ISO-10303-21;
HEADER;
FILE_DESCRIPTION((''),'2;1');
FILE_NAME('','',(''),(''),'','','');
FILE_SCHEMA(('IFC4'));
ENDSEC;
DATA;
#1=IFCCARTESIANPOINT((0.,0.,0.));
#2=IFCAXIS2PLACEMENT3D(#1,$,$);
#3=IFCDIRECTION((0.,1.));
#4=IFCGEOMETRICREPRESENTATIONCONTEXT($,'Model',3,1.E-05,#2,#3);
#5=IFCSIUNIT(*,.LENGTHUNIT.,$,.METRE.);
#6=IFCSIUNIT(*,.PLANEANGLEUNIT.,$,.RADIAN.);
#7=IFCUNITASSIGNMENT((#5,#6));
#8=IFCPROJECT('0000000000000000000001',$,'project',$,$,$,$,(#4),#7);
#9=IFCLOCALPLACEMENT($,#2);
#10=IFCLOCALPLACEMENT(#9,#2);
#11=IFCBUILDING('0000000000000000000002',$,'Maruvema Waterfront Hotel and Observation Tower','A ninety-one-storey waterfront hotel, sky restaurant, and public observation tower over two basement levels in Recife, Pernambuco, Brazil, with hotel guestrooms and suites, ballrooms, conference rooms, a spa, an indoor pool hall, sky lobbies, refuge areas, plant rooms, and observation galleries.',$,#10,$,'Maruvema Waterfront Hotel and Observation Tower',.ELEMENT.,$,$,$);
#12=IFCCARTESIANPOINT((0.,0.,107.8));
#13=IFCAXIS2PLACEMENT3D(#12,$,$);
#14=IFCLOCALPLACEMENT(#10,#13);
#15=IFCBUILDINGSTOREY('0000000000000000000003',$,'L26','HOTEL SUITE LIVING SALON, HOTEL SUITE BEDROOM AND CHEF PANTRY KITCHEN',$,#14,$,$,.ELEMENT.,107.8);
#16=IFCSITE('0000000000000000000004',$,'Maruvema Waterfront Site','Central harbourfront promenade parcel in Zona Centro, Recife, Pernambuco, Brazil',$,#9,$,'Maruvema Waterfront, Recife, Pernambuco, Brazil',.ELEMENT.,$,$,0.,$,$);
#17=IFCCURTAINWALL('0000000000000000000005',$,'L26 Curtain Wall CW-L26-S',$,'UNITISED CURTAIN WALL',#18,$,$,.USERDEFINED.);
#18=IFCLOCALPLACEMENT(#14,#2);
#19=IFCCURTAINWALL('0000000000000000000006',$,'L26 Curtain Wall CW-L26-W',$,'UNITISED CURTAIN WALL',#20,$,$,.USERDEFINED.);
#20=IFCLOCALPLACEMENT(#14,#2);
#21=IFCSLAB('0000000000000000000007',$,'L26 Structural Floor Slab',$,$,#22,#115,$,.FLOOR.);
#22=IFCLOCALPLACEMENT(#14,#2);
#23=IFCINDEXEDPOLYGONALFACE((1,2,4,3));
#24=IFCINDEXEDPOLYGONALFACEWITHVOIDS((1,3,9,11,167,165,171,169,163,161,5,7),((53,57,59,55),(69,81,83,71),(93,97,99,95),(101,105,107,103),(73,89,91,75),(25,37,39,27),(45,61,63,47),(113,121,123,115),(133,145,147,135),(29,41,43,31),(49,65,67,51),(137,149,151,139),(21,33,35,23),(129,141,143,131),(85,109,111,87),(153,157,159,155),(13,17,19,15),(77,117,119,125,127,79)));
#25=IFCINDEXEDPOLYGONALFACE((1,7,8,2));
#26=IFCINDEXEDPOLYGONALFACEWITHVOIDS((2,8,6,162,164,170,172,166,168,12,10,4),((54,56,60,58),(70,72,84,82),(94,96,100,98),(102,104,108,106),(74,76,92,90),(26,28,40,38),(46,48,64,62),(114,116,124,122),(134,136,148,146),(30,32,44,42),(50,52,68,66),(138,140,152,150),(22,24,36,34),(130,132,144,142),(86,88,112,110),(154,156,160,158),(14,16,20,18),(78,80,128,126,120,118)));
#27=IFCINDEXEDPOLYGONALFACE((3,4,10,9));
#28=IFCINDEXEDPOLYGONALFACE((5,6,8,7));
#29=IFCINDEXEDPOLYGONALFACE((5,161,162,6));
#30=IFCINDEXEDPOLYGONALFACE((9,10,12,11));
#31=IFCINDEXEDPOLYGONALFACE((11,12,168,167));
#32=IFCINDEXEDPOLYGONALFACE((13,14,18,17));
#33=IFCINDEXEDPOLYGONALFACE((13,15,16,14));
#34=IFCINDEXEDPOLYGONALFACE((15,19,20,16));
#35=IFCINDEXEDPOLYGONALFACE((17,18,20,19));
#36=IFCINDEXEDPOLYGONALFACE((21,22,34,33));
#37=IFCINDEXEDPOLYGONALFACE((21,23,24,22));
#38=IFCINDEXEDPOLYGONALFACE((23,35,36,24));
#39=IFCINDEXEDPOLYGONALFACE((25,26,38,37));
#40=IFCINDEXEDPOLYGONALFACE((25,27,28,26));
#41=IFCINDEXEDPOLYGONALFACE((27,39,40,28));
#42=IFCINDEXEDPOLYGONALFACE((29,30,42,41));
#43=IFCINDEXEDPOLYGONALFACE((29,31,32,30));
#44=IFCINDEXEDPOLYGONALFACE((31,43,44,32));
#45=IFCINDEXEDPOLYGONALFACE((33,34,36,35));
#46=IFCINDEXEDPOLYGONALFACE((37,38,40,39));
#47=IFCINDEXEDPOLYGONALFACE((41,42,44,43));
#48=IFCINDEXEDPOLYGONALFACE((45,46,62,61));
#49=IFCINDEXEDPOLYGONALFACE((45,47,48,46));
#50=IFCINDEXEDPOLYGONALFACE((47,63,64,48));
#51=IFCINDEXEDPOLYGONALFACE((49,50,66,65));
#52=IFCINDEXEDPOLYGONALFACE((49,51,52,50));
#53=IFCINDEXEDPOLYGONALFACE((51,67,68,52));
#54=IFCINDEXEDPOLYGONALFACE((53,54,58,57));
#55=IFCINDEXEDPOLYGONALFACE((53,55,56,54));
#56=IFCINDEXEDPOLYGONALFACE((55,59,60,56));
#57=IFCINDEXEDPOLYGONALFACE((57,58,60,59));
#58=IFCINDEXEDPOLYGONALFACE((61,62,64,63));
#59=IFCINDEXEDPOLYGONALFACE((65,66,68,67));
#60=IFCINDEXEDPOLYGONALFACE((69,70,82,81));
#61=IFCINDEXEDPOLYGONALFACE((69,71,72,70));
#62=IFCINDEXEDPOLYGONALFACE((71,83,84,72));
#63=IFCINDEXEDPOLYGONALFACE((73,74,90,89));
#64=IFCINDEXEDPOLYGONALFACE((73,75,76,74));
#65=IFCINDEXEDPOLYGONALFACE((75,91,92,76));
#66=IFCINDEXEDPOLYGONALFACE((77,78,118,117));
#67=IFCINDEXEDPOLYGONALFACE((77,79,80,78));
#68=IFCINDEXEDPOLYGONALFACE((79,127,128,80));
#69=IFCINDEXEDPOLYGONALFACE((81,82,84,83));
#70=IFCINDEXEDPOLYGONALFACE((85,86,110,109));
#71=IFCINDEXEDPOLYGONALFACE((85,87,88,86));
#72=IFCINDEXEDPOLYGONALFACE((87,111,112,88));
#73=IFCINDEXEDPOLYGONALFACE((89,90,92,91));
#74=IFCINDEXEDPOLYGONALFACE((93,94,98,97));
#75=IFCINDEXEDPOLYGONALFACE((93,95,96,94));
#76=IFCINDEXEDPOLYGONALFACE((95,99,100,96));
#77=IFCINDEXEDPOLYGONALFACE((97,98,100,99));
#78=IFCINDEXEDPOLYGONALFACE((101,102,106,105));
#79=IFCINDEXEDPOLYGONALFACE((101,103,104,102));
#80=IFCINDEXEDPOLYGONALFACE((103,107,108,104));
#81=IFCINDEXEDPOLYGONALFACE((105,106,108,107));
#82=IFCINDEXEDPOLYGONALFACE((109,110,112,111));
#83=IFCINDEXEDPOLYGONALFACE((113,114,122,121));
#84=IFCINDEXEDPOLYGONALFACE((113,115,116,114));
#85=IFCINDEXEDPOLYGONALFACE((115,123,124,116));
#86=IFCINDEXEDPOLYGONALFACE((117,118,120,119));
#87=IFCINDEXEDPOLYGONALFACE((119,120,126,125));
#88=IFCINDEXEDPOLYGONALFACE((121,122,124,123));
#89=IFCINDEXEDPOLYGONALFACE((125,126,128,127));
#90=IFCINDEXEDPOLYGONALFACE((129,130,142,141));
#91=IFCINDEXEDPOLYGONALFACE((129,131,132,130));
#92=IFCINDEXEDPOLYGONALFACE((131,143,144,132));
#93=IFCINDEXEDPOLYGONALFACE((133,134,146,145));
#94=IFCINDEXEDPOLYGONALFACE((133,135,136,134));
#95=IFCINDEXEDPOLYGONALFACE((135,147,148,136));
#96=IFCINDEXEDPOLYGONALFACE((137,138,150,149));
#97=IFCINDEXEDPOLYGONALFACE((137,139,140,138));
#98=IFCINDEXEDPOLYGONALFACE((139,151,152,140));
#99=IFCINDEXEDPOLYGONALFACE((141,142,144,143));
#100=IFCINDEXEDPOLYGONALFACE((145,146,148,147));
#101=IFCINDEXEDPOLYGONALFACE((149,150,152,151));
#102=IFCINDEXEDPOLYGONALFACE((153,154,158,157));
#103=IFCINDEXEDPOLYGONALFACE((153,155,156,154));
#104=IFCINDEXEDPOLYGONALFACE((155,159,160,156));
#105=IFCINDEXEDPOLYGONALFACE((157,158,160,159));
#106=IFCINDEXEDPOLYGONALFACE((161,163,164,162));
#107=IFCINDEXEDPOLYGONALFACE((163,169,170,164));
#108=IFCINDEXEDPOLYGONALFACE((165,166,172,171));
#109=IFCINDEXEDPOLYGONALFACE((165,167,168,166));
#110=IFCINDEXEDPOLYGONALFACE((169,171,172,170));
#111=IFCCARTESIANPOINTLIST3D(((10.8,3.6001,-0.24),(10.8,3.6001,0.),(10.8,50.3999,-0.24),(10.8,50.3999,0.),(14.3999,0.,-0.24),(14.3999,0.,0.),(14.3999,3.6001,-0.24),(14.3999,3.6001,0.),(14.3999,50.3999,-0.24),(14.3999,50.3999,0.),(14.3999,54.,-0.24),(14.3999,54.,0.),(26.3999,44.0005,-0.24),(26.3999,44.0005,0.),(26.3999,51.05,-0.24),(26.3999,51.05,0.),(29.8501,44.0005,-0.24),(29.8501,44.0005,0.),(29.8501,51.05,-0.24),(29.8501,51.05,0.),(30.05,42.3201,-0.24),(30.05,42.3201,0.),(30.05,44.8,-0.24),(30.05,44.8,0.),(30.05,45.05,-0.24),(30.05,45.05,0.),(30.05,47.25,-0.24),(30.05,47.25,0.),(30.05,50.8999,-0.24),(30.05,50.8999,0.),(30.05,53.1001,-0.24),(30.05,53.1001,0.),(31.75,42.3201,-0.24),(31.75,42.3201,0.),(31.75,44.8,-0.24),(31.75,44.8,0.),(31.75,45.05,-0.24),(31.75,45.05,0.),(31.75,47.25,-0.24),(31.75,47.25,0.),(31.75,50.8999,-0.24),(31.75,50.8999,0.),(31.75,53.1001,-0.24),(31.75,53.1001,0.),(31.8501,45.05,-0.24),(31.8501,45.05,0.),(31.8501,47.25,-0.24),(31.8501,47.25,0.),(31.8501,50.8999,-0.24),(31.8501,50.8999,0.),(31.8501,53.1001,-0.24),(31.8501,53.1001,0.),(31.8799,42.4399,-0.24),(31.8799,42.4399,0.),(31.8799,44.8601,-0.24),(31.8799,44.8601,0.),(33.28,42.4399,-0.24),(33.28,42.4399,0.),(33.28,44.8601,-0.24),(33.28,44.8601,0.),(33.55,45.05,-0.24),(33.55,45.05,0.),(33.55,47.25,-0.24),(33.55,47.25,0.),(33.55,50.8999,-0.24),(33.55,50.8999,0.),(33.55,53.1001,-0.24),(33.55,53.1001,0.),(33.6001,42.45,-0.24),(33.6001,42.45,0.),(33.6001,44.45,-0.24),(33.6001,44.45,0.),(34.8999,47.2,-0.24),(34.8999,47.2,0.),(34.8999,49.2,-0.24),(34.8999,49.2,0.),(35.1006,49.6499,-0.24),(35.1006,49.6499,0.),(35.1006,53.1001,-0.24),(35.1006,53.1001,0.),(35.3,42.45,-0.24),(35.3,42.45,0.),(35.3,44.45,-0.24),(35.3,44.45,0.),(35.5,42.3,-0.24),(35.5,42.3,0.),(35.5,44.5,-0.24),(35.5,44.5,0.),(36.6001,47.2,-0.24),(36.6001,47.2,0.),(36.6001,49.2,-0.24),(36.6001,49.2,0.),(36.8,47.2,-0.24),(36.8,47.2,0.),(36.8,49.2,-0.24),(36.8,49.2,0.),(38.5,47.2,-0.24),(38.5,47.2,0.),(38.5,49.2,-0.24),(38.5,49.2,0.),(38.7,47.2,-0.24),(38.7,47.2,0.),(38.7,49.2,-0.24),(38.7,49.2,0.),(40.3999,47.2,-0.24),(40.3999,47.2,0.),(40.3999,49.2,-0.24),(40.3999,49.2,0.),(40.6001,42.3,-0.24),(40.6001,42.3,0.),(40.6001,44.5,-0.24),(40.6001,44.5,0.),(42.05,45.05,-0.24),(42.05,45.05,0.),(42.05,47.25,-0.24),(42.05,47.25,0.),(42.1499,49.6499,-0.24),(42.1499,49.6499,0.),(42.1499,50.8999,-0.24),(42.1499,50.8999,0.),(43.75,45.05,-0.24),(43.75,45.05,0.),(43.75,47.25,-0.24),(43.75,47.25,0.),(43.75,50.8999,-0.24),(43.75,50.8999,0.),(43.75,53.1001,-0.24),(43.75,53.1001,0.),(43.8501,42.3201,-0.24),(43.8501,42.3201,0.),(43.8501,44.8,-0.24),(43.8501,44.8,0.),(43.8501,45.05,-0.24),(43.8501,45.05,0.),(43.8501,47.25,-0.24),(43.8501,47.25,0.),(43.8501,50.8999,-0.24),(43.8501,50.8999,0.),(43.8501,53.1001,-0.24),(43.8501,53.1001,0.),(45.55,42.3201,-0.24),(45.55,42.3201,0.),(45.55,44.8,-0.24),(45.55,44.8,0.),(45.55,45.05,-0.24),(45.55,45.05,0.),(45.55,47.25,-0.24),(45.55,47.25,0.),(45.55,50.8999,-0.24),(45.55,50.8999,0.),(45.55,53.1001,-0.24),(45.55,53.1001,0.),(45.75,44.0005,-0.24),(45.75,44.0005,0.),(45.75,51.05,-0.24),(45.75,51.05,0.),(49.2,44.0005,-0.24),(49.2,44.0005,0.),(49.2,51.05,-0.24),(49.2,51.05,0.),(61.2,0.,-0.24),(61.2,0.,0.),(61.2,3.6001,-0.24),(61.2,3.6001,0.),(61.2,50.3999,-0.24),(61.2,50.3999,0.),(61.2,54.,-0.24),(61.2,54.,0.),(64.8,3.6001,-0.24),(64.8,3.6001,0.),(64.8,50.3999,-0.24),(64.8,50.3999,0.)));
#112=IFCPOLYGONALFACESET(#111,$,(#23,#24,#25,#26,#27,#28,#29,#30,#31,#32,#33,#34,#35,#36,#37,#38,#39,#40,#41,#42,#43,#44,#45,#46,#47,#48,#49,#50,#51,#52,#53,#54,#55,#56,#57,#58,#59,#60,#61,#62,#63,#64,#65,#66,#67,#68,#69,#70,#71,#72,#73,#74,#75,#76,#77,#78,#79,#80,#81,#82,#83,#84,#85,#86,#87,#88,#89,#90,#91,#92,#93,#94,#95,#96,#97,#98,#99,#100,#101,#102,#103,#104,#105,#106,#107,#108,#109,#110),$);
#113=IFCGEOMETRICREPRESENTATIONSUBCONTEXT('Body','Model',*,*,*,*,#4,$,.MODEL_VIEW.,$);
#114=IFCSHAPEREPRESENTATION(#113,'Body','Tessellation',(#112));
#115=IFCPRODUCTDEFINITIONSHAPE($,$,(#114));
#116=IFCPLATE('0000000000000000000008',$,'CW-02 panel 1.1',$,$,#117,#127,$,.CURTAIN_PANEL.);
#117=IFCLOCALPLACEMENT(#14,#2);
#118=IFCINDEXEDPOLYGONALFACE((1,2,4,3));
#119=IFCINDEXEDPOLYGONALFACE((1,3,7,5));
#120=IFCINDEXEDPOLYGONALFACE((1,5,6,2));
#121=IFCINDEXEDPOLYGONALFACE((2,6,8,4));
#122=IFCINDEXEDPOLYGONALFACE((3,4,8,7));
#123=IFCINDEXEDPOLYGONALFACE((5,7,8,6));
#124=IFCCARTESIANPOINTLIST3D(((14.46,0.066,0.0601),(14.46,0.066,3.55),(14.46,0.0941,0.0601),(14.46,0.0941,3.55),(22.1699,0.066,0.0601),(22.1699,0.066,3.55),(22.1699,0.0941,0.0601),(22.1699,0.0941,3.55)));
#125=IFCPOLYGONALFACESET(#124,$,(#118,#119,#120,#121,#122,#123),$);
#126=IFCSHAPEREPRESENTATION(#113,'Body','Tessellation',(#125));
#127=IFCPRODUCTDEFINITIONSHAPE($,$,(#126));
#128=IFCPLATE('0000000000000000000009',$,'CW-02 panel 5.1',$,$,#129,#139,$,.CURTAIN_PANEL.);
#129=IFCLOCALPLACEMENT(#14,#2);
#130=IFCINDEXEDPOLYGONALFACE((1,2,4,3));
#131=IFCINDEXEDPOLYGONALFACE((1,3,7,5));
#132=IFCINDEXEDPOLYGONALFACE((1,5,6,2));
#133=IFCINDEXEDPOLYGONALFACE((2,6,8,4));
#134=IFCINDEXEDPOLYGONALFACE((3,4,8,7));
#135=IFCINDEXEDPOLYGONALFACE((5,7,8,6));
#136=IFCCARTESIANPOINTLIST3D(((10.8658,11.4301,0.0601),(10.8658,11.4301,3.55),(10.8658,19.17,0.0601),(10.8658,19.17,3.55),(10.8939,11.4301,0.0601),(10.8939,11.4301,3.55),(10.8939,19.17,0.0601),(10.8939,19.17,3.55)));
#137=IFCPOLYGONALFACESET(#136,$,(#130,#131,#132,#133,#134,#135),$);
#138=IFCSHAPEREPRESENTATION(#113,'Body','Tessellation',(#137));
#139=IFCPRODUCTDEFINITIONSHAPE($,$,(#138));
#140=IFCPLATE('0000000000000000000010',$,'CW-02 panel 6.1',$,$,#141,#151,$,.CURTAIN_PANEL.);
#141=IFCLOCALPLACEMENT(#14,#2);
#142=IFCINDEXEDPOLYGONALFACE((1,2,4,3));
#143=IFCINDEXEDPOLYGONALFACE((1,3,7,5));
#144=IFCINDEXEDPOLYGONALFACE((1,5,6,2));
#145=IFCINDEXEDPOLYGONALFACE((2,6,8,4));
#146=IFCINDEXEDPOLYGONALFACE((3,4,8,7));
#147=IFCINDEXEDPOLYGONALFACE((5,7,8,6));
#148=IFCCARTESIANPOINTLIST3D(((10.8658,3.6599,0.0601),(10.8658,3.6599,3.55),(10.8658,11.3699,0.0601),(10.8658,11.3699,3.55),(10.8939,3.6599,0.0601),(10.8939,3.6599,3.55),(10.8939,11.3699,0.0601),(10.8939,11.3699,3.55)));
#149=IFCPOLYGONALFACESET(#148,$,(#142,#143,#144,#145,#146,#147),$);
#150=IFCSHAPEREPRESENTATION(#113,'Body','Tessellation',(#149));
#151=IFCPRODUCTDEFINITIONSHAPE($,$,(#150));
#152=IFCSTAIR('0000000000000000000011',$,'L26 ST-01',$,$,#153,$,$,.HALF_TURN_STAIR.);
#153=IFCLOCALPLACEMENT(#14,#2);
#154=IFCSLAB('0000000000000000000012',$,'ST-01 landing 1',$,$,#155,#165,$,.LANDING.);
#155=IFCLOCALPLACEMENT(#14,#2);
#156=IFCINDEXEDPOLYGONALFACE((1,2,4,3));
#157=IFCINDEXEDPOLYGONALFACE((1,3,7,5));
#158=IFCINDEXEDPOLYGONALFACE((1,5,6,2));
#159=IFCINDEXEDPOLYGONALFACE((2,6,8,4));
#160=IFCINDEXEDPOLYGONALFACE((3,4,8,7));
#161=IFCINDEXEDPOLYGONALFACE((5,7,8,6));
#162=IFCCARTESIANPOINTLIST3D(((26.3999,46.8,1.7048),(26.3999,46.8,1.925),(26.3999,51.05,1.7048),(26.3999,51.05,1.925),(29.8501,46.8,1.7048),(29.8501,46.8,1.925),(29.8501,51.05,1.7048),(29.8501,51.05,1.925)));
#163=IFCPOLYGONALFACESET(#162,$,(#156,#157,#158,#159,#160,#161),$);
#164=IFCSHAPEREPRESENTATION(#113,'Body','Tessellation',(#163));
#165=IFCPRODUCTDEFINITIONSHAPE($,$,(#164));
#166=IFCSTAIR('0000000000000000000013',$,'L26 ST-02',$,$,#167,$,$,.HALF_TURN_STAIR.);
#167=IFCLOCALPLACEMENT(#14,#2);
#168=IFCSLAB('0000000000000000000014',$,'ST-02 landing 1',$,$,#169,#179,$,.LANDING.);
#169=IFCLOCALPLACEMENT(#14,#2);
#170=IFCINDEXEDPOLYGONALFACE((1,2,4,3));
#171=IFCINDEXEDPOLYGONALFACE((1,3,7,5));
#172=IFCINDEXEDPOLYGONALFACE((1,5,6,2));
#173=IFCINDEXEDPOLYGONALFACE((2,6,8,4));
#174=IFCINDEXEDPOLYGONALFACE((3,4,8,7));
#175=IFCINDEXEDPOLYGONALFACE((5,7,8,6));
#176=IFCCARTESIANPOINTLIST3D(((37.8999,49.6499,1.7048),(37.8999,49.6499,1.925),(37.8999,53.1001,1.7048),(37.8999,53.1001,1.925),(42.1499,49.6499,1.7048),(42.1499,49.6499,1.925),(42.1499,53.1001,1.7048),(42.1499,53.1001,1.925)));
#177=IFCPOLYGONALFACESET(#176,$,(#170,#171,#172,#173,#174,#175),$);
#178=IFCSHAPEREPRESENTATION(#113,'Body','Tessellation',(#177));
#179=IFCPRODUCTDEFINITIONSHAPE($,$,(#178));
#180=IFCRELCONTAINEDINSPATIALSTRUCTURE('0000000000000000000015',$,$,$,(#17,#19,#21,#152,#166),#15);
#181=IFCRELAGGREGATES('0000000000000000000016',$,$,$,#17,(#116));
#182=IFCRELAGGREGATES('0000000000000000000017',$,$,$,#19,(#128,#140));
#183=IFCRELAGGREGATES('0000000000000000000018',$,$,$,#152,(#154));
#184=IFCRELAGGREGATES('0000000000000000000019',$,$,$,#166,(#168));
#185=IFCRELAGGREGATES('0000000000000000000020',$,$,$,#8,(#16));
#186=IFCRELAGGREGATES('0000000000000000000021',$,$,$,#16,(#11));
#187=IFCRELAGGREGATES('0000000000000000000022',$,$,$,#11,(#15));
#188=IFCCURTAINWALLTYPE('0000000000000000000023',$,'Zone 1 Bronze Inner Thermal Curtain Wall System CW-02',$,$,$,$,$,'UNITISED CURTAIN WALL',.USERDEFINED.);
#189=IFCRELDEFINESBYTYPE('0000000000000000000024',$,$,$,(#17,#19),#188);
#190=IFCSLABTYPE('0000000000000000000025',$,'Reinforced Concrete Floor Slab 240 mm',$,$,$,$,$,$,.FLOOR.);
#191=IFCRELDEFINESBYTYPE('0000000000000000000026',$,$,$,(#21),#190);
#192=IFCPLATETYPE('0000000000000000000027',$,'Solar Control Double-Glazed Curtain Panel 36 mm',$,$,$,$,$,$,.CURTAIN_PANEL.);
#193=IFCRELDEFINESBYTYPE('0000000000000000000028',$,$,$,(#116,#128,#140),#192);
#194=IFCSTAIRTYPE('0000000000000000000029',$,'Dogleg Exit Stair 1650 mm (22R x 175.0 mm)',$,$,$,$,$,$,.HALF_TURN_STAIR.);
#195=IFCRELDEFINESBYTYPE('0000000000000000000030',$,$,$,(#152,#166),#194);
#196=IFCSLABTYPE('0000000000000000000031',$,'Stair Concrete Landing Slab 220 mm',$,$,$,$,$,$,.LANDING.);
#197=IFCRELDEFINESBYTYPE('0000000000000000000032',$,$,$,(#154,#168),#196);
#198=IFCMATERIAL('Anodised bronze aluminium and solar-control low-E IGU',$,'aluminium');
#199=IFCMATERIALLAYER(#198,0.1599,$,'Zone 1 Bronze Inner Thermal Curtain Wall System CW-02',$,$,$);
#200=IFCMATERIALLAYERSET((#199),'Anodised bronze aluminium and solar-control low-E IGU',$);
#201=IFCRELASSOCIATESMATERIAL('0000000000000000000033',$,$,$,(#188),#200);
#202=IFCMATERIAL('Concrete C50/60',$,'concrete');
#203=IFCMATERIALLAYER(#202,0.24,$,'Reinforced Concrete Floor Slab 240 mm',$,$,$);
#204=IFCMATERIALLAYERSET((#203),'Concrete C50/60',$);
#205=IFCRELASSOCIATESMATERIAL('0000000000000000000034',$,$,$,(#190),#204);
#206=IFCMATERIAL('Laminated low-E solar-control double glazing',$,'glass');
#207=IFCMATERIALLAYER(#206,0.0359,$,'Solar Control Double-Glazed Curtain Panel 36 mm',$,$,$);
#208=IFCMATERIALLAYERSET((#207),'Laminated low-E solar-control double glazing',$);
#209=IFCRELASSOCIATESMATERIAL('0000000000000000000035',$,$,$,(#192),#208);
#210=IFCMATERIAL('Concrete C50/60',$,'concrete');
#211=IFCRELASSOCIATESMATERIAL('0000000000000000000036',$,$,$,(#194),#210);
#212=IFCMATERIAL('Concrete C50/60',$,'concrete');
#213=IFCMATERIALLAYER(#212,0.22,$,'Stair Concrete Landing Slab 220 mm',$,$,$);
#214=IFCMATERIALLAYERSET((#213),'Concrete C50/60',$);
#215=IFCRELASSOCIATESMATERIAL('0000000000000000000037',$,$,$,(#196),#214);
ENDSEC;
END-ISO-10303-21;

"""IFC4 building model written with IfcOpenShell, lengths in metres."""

from ifc_helpers import new_model, si_unit, direction, frame, origin, origin_2d, place, context, subcontext, project, spatial, polyline, rectangle, outline, extrude, material, layer, layer_set, type_object, element, aggregate, save


model = new_model("IFC4")

# Units and contexts
model_context = context("Model", 3, precision=1e-05, world=origin(), true_north=direction((0.0, 1.0)))
body_context = subcontext(model_context, "Body", "Model", "MODEL_VIEW")
ifc_project = project(units=[si_unit("LENGTHUNIT", "METRE"), si_unit("PLANEANGLEUNIT", "RADIAN")], contexts=[model_context])

# Site, building, storey
site_placement = place(None, origin())
site = spatial("IfcSite", under=ifc_project, at=site_placement, Name="Maruvema Waterfront Site", Description="Central harbourfront promenade parcel in Zona Centro, Recife, Pernambuco, Brazil", LongName="Maruvema Waterfront, Recife, Pernambuco, Brazil", CompositionType="ELEMENT", RefElevation=0.0)
building_placement = place(site_placement, origin())
building = spatial("IfcBuilding", under=site, at=building_placement, Name="Maruvema Waterfront Hotel and Observation Tower", Description="A ninety-one-storey waterfront hotel, sky restaurant, and public observation tower over two basement levels in Recife, Pernambuco, Brazil, with hotel guestrooms and suites, ballrooms, conference rooms, a spa, an indoor pool hall, sky lobbies, refuge areas, plant rooms, and observation galleries.", LongName="Maruvema Waterfront Hotel and Observation Tower", CompositionType="ELEMENT")
storey_placement = place(building_placement, frame((0.0, 0.0, 107.8)))
storey = spatial("IfcBuildingStorey", under=building, at=storey_placement, Name="L26", Description="HOTEL SUITE LIVING SALON, HOTEL SUITE BEDROOM AND CHEF PANTRY KITCHEN", CompositionType="ELEMENT", Elevation=107.8)

# Curtain walls
ifc_material_1 = material(Name="Anodised bronze aluminium and solar-control low-E IGU", Category="aluminium")
ifc_layer_1 = layer(ifc_material_1, 0.1599, Name="Zone 1 Bronze Inner Thermal Curtain Wall System CW-02")
ifc_layer_set_1 = layer_set([ifc_layer_1], Name="Anodised bronze aluminium and solar-control low-E IGU")
curtain_wall_type = type_object("IfcCurtainWallType", Name="Zone 1 Bronze Inner Thermal Curtain Wall System CW-02", ElementType="UNITISED CURTAIN WALL", PredefinedType="USERDEFINED", material=ifc_layer_set_1)
curtain_wall_1_placement = place(storey_placement, origin())
curtain_wall_1 = element("IfcCurtainWall", 1, at=curtain_wall_1_placement, inside=storey, type_object=curtain_wall_type, Name="L26 Curtain Wall CW-L26-S", ObjectType="UNITISED CURTAIN WALL", PredefinedType="USERDEFINED")
curtain_wall_2_placement = place(storey_placement, origin())
curtain_wall_2 = element("IfcCurtainWall", 2, at=curtain_wall_2_placement, inside=storey, type_object=curtain_wall_type, Name="L26 Curtain Wall CW-L26-W", ObjectType="UNITISED CURTAIN WALL", PredefinedType="USERDEFINED")

# Slab
ifc_material_2 = material(Name="Concrete C50/60", Category="concrete")
ifc_layer_2 = layer(ifc_material_2, 0.24, Name="Reinforced Concrete Floor Slab 240 mm")
ifc_layer_set_2 = layer_set([ifc_layer_2], Name="Concrete C50/60")
slab_type_1 = type_object("IfcSlabType", Name="Reinforced Concrete Floor Slab 240 mm", PredefinedType="FLOOR", material=ifc_layer_set_2)
slab_1_placement = place(storey_placement, frame((0.0, 0.0, -0.24)))
element("IfcSlab", 3, at=slab_1_placement, inside=storey, type_object=slab_type_1, Name="L26 Structural Floor Slab", PredefinedType="FLOOR", context=body_context, shape_type="SweptSolid", body=[
    extrude(outline(polyline([(14.3999, 0.0), (61.2, 0.0), (61.2, 3.6001), (64.8, 3.6001), (64.8, 50.3999), (61.2, 50.3999), (61.2, 54.0), (14.3999, 54.0), (14.3999, 50.3999), (10.8, 50.3999), (10.8, 3.6001), (14.3999, 3.6001), (14.3999, 0.0)]), holes=[polyline([(26.3999, 44.0005), (26.3999, 51.05), (29.8501, 51.05), (29.8501, 44.0005), (26.3999, 44.0005)]), polyline([(30.05, 44.8), (31.75, 44.8), (31.75, 42.3201), (30.05, 42.3201), (30.05, 44.8)]), polyline([(31.75, 47.25), (31.75, 45.05), (30.05, 45.05), (30.05, 47.25), (31.75, 47.25)]), polyline([(31.75, 53.1001), (31.75, 50.8999), (30.05, 50.8999), (30.05, 53.1001), (31.75, 53.1001)]), polyline([(33.28, 44.8601), (33.28, 42.4399), (31.8799, 42.4399), (31.8799, 44.8601), (33.28, 44.8601)]), polyline([(31.8501, 47.25), (33.55, 47.25), (33.55, 45.05), (31.8501, 45.05), (31.8501, 47.25)]), polyline([(31.8501, 53.1001), (33.55, 53.1001), (33.55, 50.8999), (31.8501, 50.8999), (31.8501, 53.1001)]), polyline([(33.6001, 44.45), (35.3, 44.45), (35.3, 42.45), (33.6001, 42.45), (33.6001, 44.45)]), polyline([(34.8999, 49.2), (36.6001, 49.2), (36.6001, 47.2), (34.8999, 47.2), (34.8999, 49.2)]), polyline([(38.5, 49.2), (38.5, 47.2), (36.8, 47.2), (36.8, 49.2), (38.5, 49.2)]), polyline([(35.5, 44.5), (40.6001, 44.5), (40.6001, 42.3), (35.5, 42.3), (35.5, 44.5)]), polyline([(43.75, 50.8999), (42.1499, 50.8999), (42.1499, 49.6499), (35.1006, 49.6499), (35.1006, 53.1001), (43.75, 53.1001), (43.75, 50.8999)]), polyline([(40.3999, 49.2), (40.3999, 47.2), (38.7, 47.2), (38.7, 49.2), (40.3999, 49.2)]), polyline([(43.75, 47.25), (43.75, 45.05), (42.05, 45.05), (42.05, 47.25), (43.75, 47.25)]), polyline([(45.55, 44.8), (45.55, 42.3201), (43.8501, 42.3201), (43.8501, 44.8), (45.55, 44.8)]), polyline([(43.8501, 47.25), (45.55, 47.25), (45.55, 45.05), (43.8501, 45.05), (43.8501, 47.25)]), polyline([(45.55, 53.1001), (45.55, 50.8999), (43.8501, 50.8999), (43.8501, 53.1001), (45.55, 53.1001)]), polyline([(45.75, 51.05), (49.2, 51.05), (49.2, 44.0005), (45.75, 44.0005), (45.75, 51.05)])]), origin(), (0.0, 0.0, 1.0), 0.24),
])

# Plates
ifc_material_3 = material(Name="Laminated low-E solar-control double glazing", Category="glass")
ifc_layer_3 = layer(ifc_material_3, 0.0359, Name="Solar Control Double-Glazed Curtain Panel 36 mm")
ifc_layer_set_3 = layer_set([ifc_layer_3], Name="Laminated low-E solar-control double glazing")
plate_type = type_object("IfcPlateType", Name="Solar Control Double-Glazed Curtain Panel 36 mm", PredefinedType="CURTAIN_PANEL", material=ifc_layer_set_3)
plate_1_placement = place(storey_placement, frame((18.3149, 0.0801, 0.0601), z_axis=(0.0, 0.0, 1.0), x_axis=(1.0, 0.0, 0.0)))
plate_1 = element("IfcPlate", 4, at=plate_1_placement, type_object=plate_type, Name="CW-02 panel 1.1", PredefinedType="CURTAIN_PANEL", context=body_context, shape_type="SweptSolid", body=[
    extrude(rectangle(XDim=7.71, YDim=0.0281, at=origin_2d()), origin(), (0.0, 0.0, 1.0), 3.49),
])
aggregate(curtain_wall_1, [plate_1])
plate_2_placement = place(storey_placement, frame((10.8799, 15.3, 0.0601), z_axis=(0.0, 0.0, 1.0), x_axis=(0.0, -1.0, 0.0)))
plate_2 = element("IfcPlate", 5, at=plate_2_placement, type_object=plate_type, Name="CW-02 panel 5.1", PredefinedType="CURTAIN_PANEL", context=body_context, shape_type="SweptSolid", body=[
    extrude(rectangle(XDim=7.74, YDim=0.0281, at=origin_2d()), origin(), (0.0, 0.0, 1.0), 3.49),
])
plate_3_placement = place(storey_placement, frame((10.8799, 7.5149, 0.0601), z_axis=(0.0, 0.0, 1.0), x_axis=(0.0, -1.0, 0.0)))
plate_3 = element("IfcPlate", 6, at=plate_3_placement, type_object=plate_type, Name="CW-02 panel 6.1", PredefinedType="CURTAIN_PANEL", context=body_context, shape_type="SweptSolid", body=[
    extrude(rectangle(XDim=7.71, YDim=0.0281, at=origin_2d()), origin(), (0.0, 0.0, 1.0), 3.49),
])
aggregate(curtain_wall_2, [plate_2, plate_3])

# Stairs, slabs
ifc_material_4 = material(Name="Concrete C50/60", Category="concrete")
stair_type = type_object("IfcStairType", Name="Dogleg Exit Stair 1650 mm (22R x 175.0 mm)", PredefinedType="HALF_TURN_STAIR", material=ifc_material_4)
stair_1_placement = place(storey_placement, origin())
stair_1 = element("IfcStair", 7, at=stair_1_placement, inside=storey, type_object=stair_type, Name="L26 ST-01", PredefinedType="HALF_TURN_STAIR")
ifc_material_5 = material(Name="Concrete C50/60", Category="concrete")
ifc_layer_4 = layer(ifc_material_5, 0.22, Name="Stair Concrete Landing Slab 220 mm")
ifc_layer_set_4 = layer_set([ifc_layer_4], Name="Concrete C50/60")
slab_type_2 = type_object("IfcSlabType", Name="Stair Concrete Landing Slab 220 mm", PredefinedType="LANDING", material=ifc_layer_set_4)
slab_2_placement = place(storey_placement, frame((0.0, 0.0, 1.7048)))
slab_2 = element("IfcSlab", 8, at=slab_2_placement, type_object=slab_type_2, Name="ST-01 landing 1", PredefinedType="LANDING", context=body_context, shape_type="SweptSolid", body=[
    extrude(outline(polyline([(29.8501, 46.8), (29.8501, 51.05), (26.3999, 51.05), (26.3999, 46.8), (29.8501, 46.8)])), origin(), (0.0, 0.0, 1.0), 0.2202),
])
aggregate(stair_1, [slab_2])
stair_2_placement = place(storey_placement, origin())
stair_2 = element("IfcStair", 9, at=stair_2_placement, inside=storey, type_object=stair_type, Name="L26 ST-02", PredefinedType="HALF_TURN_STAIR")
slab_3_placement = place(storey_placement, frame((0.0, 0.0, 1.7048)))
slab_3 = element("IfcSlab", 10, at=slab_3_placement, type_object=slab_type_2, Name="ST-02 landing 1", PredefinedType="LANDING", context=body_context, shape_type="SweptSolid", body=[
    extrude(outline(polyline([(37.8999, 49.6499), (42.1499, 49.6499), (42.1499, 53.1001), (37.8999, 53.1001), (37.8999, 49.6499)])), origin(), (0.0, 0.0, 1.0), 0.2202),
])
aggregate(stair_2, [slab_3])

save(model, "model.ifc")
